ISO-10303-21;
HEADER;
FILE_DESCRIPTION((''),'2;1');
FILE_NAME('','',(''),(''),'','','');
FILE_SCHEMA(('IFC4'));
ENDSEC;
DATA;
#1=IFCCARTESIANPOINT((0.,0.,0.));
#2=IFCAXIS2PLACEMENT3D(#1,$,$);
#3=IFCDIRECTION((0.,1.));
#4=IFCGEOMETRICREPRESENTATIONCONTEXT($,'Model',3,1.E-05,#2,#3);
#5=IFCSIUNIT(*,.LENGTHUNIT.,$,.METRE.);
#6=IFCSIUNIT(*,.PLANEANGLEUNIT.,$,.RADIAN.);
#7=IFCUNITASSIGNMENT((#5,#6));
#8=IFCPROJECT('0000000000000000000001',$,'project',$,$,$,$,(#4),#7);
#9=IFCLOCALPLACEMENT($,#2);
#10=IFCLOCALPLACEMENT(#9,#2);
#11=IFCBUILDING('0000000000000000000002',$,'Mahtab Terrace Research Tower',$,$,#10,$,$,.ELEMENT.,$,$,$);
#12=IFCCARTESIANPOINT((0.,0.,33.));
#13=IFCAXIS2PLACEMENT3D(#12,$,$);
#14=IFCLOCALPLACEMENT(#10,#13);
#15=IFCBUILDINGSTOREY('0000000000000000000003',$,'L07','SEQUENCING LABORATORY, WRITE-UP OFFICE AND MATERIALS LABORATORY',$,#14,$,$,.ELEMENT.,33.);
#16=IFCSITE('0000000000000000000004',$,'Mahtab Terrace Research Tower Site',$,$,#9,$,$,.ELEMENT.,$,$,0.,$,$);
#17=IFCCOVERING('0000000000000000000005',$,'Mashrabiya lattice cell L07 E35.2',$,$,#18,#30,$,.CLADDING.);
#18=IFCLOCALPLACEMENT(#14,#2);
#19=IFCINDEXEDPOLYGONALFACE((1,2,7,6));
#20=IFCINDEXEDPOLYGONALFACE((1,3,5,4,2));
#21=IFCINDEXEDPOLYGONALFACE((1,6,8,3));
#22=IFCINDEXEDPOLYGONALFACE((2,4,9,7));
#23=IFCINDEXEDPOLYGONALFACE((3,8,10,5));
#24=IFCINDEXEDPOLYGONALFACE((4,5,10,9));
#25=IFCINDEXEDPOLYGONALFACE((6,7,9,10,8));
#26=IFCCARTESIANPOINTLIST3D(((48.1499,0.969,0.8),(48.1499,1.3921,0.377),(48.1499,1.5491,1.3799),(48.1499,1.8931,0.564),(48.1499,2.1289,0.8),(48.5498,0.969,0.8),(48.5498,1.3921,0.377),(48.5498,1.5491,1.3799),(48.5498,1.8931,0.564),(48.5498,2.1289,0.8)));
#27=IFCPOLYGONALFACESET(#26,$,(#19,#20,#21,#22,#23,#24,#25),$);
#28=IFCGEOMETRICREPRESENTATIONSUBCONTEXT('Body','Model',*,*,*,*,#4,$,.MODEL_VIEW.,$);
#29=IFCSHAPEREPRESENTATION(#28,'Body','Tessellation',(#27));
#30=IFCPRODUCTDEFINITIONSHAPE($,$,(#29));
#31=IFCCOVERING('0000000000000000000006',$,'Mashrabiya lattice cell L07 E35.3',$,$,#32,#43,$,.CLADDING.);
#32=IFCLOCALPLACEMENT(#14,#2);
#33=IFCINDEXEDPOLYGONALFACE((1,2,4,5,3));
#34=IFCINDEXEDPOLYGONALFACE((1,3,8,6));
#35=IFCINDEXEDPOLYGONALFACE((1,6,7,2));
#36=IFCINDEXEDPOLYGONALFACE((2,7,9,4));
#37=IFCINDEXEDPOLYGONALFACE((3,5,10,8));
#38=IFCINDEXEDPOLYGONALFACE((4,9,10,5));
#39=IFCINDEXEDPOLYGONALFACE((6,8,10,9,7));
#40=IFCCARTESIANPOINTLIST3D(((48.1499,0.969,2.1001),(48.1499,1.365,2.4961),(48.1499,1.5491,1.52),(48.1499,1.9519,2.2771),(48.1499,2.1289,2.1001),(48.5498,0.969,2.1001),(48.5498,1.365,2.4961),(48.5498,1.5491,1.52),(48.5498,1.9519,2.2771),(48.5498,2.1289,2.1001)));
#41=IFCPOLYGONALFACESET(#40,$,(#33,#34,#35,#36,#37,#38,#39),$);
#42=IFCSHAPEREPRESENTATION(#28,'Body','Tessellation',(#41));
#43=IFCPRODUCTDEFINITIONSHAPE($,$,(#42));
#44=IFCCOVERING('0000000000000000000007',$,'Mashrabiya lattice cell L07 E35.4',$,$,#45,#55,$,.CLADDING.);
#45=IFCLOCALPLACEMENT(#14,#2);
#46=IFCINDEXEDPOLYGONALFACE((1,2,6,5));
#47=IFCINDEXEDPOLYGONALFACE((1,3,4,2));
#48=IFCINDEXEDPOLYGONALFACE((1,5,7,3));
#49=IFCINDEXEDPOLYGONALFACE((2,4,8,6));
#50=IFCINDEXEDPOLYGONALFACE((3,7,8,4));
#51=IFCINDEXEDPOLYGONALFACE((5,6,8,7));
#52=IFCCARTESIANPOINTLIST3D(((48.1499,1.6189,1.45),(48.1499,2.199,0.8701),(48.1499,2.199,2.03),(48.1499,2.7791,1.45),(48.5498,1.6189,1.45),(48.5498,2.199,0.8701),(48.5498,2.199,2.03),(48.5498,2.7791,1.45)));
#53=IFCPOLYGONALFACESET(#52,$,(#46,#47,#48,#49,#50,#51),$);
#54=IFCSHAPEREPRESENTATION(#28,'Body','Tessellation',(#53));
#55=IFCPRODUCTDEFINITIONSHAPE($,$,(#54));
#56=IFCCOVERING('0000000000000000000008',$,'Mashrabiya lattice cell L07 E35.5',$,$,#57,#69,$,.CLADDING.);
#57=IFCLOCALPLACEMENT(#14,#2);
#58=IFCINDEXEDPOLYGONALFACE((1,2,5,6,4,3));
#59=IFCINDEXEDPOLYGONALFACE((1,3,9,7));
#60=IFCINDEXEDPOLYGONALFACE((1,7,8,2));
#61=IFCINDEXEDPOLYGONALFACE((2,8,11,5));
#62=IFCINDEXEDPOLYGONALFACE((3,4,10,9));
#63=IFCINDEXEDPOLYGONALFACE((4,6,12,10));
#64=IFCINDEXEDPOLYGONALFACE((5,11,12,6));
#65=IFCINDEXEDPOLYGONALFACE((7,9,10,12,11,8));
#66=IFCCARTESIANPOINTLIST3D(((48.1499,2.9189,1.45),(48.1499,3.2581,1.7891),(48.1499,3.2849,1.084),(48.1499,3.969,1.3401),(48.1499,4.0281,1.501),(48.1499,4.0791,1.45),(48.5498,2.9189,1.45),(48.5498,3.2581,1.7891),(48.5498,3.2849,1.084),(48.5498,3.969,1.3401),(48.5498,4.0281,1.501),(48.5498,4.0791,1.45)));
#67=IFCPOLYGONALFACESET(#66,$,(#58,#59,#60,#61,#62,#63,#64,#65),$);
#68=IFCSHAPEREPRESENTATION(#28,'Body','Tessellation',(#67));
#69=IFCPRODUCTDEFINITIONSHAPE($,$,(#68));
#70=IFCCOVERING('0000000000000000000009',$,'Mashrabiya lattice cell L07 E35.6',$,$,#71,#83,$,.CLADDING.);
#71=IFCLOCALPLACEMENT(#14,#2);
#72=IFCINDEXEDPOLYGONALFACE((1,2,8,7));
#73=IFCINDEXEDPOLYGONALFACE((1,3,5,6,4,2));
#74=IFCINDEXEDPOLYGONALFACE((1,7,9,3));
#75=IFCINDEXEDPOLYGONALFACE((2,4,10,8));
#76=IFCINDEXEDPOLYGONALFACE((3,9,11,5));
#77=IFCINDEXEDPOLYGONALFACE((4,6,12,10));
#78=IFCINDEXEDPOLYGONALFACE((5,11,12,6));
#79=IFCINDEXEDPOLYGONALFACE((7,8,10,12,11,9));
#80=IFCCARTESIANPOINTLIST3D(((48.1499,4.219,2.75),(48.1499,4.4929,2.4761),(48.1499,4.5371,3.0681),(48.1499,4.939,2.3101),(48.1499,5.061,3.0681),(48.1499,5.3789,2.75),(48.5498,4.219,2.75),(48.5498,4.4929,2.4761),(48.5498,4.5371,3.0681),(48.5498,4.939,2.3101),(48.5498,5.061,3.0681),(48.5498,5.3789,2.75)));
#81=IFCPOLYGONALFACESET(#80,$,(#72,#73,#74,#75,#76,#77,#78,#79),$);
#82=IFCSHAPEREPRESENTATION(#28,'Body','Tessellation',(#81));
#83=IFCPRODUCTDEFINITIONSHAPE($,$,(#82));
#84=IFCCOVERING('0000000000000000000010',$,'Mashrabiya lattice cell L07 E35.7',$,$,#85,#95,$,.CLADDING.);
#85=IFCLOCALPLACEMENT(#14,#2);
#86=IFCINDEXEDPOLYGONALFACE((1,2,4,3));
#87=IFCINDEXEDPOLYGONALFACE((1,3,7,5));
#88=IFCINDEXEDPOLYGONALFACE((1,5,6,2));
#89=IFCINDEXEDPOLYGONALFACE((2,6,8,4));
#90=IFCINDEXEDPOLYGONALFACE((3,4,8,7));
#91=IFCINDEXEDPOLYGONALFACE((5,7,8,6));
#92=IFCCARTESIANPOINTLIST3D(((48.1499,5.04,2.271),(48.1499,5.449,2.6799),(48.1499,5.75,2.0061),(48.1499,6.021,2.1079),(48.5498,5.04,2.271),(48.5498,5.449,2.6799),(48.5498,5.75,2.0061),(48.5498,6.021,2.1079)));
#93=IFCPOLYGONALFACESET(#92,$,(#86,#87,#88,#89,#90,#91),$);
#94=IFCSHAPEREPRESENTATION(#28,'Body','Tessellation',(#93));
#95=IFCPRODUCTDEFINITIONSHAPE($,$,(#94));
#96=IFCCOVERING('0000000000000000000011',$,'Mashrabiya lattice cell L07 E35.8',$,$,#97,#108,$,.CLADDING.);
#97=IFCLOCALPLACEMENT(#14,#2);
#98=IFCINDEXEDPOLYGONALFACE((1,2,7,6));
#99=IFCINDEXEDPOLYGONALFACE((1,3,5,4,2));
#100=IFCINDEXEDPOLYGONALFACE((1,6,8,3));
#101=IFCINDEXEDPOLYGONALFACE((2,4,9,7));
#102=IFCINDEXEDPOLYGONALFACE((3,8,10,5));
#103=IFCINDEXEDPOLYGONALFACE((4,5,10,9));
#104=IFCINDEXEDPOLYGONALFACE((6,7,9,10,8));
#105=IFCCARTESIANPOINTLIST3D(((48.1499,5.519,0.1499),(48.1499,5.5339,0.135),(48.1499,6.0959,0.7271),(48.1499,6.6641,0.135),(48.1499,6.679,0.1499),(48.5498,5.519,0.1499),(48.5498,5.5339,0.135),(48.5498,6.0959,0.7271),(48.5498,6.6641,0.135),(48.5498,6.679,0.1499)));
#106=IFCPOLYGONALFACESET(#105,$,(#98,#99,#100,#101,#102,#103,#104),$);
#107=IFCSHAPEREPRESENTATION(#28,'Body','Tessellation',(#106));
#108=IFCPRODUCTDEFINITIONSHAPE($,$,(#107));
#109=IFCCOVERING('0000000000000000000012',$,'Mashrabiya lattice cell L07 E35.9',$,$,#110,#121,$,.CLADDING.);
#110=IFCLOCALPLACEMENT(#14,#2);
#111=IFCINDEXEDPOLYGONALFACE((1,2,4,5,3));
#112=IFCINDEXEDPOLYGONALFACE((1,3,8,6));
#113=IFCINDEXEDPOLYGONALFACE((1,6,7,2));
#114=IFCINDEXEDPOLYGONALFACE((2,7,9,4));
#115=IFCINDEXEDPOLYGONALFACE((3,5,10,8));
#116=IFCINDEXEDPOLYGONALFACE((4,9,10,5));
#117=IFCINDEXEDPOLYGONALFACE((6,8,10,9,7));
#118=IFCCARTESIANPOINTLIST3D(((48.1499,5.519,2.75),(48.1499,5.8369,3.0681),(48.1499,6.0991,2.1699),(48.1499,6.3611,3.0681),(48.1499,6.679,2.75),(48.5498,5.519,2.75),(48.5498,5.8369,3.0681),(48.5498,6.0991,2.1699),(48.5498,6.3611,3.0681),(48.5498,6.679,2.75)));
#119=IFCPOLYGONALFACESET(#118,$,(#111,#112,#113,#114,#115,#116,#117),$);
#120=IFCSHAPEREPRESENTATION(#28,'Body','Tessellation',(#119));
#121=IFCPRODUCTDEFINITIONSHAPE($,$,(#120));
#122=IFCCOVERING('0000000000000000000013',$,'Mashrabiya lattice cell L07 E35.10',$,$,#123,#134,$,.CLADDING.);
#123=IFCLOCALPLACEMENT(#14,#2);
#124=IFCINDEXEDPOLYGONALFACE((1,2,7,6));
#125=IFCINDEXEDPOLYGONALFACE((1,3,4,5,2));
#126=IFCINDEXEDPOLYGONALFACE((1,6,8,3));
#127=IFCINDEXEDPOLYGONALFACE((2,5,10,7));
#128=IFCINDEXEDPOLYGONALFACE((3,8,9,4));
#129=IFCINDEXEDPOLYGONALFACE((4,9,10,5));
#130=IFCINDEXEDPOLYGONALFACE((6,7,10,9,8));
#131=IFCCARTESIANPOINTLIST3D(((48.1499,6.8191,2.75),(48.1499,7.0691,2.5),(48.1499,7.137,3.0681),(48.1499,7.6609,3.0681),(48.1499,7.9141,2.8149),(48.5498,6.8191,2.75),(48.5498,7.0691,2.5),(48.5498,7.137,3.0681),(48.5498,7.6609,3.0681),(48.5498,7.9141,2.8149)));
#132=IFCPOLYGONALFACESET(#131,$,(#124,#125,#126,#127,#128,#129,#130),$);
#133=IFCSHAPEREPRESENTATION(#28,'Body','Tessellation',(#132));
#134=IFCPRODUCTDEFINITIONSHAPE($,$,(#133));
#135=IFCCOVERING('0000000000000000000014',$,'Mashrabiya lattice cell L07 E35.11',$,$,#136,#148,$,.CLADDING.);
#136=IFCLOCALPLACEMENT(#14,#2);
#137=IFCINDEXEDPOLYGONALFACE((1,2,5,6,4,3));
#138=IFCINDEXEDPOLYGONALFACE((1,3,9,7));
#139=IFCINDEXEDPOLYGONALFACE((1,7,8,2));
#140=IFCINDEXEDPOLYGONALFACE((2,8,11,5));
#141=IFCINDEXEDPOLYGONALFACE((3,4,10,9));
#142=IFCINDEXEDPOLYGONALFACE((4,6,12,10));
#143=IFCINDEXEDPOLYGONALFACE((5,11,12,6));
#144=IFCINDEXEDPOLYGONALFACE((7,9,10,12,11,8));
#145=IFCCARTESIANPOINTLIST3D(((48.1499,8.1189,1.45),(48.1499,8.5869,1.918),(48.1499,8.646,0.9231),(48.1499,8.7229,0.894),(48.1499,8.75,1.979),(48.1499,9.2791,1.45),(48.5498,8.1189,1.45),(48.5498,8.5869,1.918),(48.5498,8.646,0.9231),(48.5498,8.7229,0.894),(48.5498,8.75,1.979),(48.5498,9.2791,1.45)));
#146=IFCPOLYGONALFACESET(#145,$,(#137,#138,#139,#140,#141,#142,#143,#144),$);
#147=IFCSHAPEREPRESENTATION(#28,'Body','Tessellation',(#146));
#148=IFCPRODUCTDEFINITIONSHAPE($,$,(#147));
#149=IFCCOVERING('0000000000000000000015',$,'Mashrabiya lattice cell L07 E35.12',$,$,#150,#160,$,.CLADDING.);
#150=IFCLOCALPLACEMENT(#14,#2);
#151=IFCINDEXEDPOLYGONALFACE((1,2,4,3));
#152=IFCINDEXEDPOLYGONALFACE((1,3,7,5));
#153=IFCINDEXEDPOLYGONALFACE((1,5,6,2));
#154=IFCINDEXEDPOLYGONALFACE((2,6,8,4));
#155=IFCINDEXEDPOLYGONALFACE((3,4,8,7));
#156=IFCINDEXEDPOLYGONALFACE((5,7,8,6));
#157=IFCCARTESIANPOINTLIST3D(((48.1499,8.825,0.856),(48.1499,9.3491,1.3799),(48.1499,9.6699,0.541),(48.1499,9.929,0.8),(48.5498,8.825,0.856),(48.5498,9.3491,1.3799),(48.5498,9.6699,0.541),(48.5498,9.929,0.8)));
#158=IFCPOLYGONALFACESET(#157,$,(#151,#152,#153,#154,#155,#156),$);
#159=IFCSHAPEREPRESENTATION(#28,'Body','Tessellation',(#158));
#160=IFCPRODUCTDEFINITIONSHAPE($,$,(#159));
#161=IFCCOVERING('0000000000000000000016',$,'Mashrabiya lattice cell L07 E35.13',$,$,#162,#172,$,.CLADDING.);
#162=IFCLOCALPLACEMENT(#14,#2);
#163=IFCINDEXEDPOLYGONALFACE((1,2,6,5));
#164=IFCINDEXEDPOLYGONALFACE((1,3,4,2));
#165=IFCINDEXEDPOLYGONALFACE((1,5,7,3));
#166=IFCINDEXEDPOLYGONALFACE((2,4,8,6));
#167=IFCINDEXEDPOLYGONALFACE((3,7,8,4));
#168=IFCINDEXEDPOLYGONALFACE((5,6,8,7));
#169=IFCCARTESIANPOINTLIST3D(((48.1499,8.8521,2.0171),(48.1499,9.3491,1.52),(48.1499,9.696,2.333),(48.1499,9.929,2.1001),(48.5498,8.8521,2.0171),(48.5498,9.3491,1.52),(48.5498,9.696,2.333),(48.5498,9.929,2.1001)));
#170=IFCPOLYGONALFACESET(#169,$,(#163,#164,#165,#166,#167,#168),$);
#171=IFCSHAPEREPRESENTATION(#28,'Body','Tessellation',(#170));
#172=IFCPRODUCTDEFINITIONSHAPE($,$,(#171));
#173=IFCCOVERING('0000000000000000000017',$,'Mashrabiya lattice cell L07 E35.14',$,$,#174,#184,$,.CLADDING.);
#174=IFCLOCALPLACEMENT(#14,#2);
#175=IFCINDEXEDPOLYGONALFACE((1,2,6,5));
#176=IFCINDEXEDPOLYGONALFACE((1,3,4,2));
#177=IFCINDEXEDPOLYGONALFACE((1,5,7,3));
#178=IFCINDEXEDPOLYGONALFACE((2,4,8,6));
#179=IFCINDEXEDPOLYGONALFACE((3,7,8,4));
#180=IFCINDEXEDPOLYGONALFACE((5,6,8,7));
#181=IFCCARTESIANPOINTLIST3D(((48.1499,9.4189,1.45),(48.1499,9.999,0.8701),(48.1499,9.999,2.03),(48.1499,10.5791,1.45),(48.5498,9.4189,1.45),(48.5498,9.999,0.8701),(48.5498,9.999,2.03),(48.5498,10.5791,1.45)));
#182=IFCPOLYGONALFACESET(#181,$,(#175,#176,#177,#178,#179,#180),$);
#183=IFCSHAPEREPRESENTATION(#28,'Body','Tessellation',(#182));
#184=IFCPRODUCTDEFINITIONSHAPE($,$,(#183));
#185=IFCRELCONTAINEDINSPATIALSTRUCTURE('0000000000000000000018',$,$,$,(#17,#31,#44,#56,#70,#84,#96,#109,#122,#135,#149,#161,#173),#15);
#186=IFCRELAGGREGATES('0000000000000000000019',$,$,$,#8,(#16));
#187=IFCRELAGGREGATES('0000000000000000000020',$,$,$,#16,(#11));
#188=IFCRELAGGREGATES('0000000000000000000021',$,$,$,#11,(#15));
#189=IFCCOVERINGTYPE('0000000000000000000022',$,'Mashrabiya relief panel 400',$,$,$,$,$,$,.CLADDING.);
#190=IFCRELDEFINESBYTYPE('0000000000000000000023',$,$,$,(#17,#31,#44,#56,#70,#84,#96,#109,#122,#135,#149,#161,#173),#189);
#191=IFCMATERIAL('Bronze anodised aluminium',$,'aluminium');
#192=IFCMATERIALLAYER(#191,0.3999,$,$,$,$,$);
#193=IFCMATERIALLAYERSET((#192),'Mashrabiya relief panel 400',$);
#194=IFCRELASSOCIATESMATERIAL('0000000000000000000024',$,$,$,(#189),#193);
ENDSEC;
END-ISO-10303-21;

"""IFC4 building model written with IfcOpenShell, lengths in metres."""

from ifc_helpers import new_model, si_unit, direction, frame, origin, place, context, subcontext, project, spatial, polyline, outline, extrude, material, layer, layer_set, type_object, element, save


model = new_model("IFC4")

# Units and contexts
model_context = context("Model", 3, precision=1e-05, world=origin(), true_north=direction((0.0, 1.0)))
body_context = subcontext(model_context, "Body", "Model", "MODEL_VIEW")
ifc_project = project(units=[si_unit("LENGTHUNIT", "METRE"), si_unit("PLANEANGLEUNIT", "RADIAN")], contexts=[model_context])

# Site, building, storey
site_placement = place(None, origin())
site = spatial("IfcSite", under=ifc_project, at=site_placement, Name="Mahtab Terrace Research Tower Site", CompositionType="ELEMENT", RefElevation=0.0)
building_placement = place(site_placement, origin())
building = spatial("IfcBuilding", under=site, at=building_placement, Name="Mahtab Terrace Research Tower", CompositionType="ELEMENT")
storey_placement = place(building_placement, frame((0.0, 0.0, 33.0)))
storey = spatial("IfcBuildingStorey", under=building, at=storey_placement, Name="L07", Description="SEQUENCING LABORATORY, WRITE-UP OFFICE AND MATERIALS LABORATORY", CompositionType="ELEMENT", Elevation=33.0)

# Coverings
ifc_material_1 = material(Name="Bronze anodised aluminium", Category="aluminium")
ifc_layer_1 = layer(ifc_material_1, 0.3999)
ifc_layer_set_1 = layer_set([ifc_layer_1], Name="Mashrabiya relief panel 400")
covering_type = type_object("IfcCoveringType", Name="Mashrabiya relief panel 400", PredefinedType="CLADDING", material=ifc_layer_set_1)
covering_1_placement = place(storey_placement, frame((48.1499, 0.969, 0.8), z_axis=(-1.0, 0.0, 0.0), x_axis=(0.0, 0.707256, 0.706958)))
element("IfcCovering", 1, at=covering_1_placement, inside=storey, type_object=covering_type, Name="Mashrabiya lattice cell L07 E35.2", PredefinedType="CLADDING", context=body_context, shape_type="SweptSolid", body=[
    extrude(outline(polyline([(0.0, 0.0), (0.8202, 0.0), (0.8204, 0.82), (0.4867, 0.8203), (0.0001, 0.5983), (0.0, 0.0)])), origin(), (0.0, 0.0, -1.0), 0.3999),
])
covering_2_placement = place(storey_placement, frame((48.1499, 2.1289, 2.1001), z_axis=(-1.0, 0.0, 0.0), x_axis=(0.0, -0.706958, -0.707256)))
element("IfcCovering", 2, at=covering_2_placement, inside=storey, type_object=covering_type, Name="Mashrabiya lattice cell L07 E35.3", PredefinedType="CLADDING", context=body_context, shape_type="SweptSolid", body=[
    extrude(outline(polyline([(0.0, 0.0), (0.8202, 0.0), (0.82, 0.8204), (0.26, 0.8202), (-0.0001, 0.2503), (0.0, 0.0)])), origin(), (0.0, 0.0, -1.0), 0.3999),
])
covering_3_placement = place(storey_placement, frame((48.1499, 2.199, 2.03), z_axis=(-1.0, 0.0, 0.0), x_axis=(0.0, 0.707107, -0.707107)))
element("IfcCovering", 3, at=covering_3_placement, inside=storey, type_object=covering_type, Name="Mashrabiya lattice cell L07 E35.4", PredefinedType="CLADDING", context=body_context, shape_type="SweptSolid", body=[
    extrude(outline(polyline([(0.0, 0.0), (0.8204, 0.0), (0.8202, 0.8202), (0.0, 0.8204), (0.0, 0.0)])), origin(), (0.0, 0.0, -1.0), 0.3999),
])
covering_4_placement = place(storey_placement, frame((48.1499, 2.9189, 1.45), z_axis=(-1.0, 0.0, 0.0), x_axis=(0.0, 0.707107, 0.707107)))
element("IfcCovering", 4, at=covering_4_placement, inside=storey, type_object=covering_type, Name="Mashrabiya lattice cell L07 E35.5", PredefinedType="CLADDING", context=body_context, shape_type="SweptSolid", body=[
    extrude(outline(polyline([(0.0, 0.0), (0.4796, 0.0), (0.8204, 0.7482), (0.8204, 0.8204), (0.6648, 0.8202), (0.0, 0.5176), (0.0, 0.0)])), origin(), (0.0, 0.0, -1.0), 0.3999),
])
covering_5_placement = place(storey_placement, frame((48.1499, 4.219, 2.75), z_axis=(-1.0, 0.0, 0.0), x_axis=(0.0, 0.707107, 0.707107)))
element("IfcCovering", 5, at=covering_5_placement, inside=storey, type_object=covering_type, Name="Mashrabiya lattice cell L07 E35.6", PredefinedType="CLADDING", context=body_context, shape_type="SweptSolid", body=[
    extrude(outline(polyline([(0.0, 0.0), (0.4499, 0.0), (0.8204, 0.3705), (0.8202, 0.8202), (0.198, 0.8202), (0.0, 0.3874), (0.0, 0.0)])), origin(), (0.0, 0.0, -1.0), 0.3999),
])
covering_6_placement = place(storey_placement, frame((48.1499, 5.449, 2.6799), z_axis=(-1.0, 0.0, 0.0), x_axis=(0.0, 0.707107, -0.707107)))
element("IfcCovering", 6, at=covering_6_placement, inside=storey, type_object=covering_type, Name="Mashrabiya lattice cell L07 E35.7", PredefinedType="CLADDING", context=body_context, shape_type="SweptSolid", body=[
    extrude(outline(polyline([(0.0, 0.0), (0.809, 0.0), (0.6893, 0.2636), (0.0, 0.5783), (0.0, 0.0)])), origin(), (0.0, 0.0, -1.0), 0.3999),
])
covering_7_placement = place(storey_placement, frame((48.1499, 5.519, 0.1499), z_axis=(-1.0, 0.0, 0.0), x_axis=(0.0, 0.706957, 0.707256)))
element("IfcCovering", 7, at=covering_7_placement, inside=storey, type_object=covering_type, Name="Mashrabiya lattice cell L07 E35.8", PredefinedType="CLADDING", context=body_context, shape_type="SweptSolid", body=[
    extrude(outline(polyline([(0.0, 0.0), (0.816, 0.0), (0.82, 0.8204), (0.7989, 0.8204), (0.0, 0.0211), (0.0, 0.0)])), origin(), (0.0, 0.0, -1.0), 0.3999),
])
covering_8_placement = place(storey_placement, frame((48.1499, 6.679, 2.75), z_axis=(-1.0, 0.0, 0.0), x_axis=(0.0, -0.706958, -0.707256)))
element("IfcCovering", 8, at=covering_8_placement, inside=storey, type_object=covering_type, Name="Mashrabiya lattice cell L07 E35.9", PredefinedType="CLADDING", context=body_context, shape_type="SweptSolid", body=[
    extrude(outline(polyline([(0.0, 0.0), (0.8202, 0.0), (0.82, 0.8204), (0.3703, 0.8204), (-0.0003, 0.4497), (0.0, 0.0)])), origin(), (0.0, 0.0, -1.0), 0.3999),
])
covering_9_placement = place(storey_placement, frame((48.1499, 6.8191, 2.75), z_axis=(-1.0, 0.0, 0.0), x_axis=(0.0, 0.706835, 0.707378)))
element("IfcCovering", 9, at=covering_9_placement, inside=storey, type_object=covering_type, Name="Mashrabiya lattice cell L07 E35.10", PredefinedType="CLADDING", context=body_context, shape_type="SweptSolid", body=[
    extrude(outline(polyline([(0.0, 0.0), (0.4497, 0.0), (0.82, 0.3706), (0.8199, 0.7287), (-0.0001, 0.3536), (0.0, 0.0)])), origin(), (0.0, 0.0, -1.0), 0.3999),
])
covering_10_placement = place(storey_placement, frame((48.1499, 8.1189, 1.45), z_axis=(-1.0, 0.0, 0.0), x_axis=(0.0, 0.707107, 0.707107)))
element("IfcCovering", 10, at=covering_10_placement, inside=storey, type_object=covering_type, Name="Mashrabiya lattice cell L07 E35.11", PredefinedType="CLADDING", context=body_context, shape_type="SweptSolid", body=[
    extrude(outline(polyline([(0.0, 0.0), (0.6619, 0.0), (0.8204, 0.0722), (0.8204, 0.8204), (0.034, 0.8202), (0.0002, 0.7453), (0.0, 0.0)])), origin(), (0.0, 0.0, -1.0), 0.3999),
])
covering_11_placement = place(storey_placement, frame((48.1499, 9.3491, 1.3799), z_axis=(-1.0, 0.0, 0.0), x_axis=(0.0, 0.707107, -0.707107)))
element("IfcCovering", 11, at=covering_11_placement, inside=storey, type_object=covering_type, Name="Mashrabiya lattice cell L07 E35.12", PredefinedType="CLADDING", context=body_context, shape_type="SweptSolid", body=[
    extrude(outline(polyline([(0.0, 0.0), (0.82, 0.0), (0.82, 0.3663), (-0.0002, 0.7411), (0.0, 0.0)])), origin(), (0.0, 0.0, -1.0), 0.3999),
])
covering_12_placement = place(storey_placement, frame((48.1499, 9.929, 2.1001), z_axis=(-1.0, 0.0, 0.0), x_axis=(0.0, -0.706958, -0.707256)))
element("IfcCovering", 12, at=covering_12_placement, inside=storey, type_object=covering_type, Name="Mashrabiya lattice cell L07 E35.13", PredefinedType="CLADDING", context=body_context, shape_type="SweptSolid", body=[
    extrude(outline(polyline([(0.0, 0.0), (0.8202, 0.0), (0.82, 0.703), (-0.0001, 0.3294), (0.0, 0.0)])), origin(), (0.0, 0.0, -1.0), 0.3999),
])
covering_13_placement = place(storey_placement, frame((48.1499, 9.999, 2.03), z_axis=(-1.0, 0.0, 0.0), x_axis=(0.0, 0.707107, -0.707107)))
element("IfcCovering", 13, at=covering_13_placement, inside=storey, type_object=covering_type, Name="Mashrabiya lattice cell L07 E35.14", PredefinedType="CLADDING", context=body_context, shape_type="SweptSolid", body=[
    extrude(outline(polyline([(0.0, 0.0), (0.8204, 0.0), (0.8202, 0.8202), (0.0, 0.8204), (0.0, 0.0)])), origin(), (0.0, 0.0, -1.0), 0.3999),
])

save(model, "model.ifc")
